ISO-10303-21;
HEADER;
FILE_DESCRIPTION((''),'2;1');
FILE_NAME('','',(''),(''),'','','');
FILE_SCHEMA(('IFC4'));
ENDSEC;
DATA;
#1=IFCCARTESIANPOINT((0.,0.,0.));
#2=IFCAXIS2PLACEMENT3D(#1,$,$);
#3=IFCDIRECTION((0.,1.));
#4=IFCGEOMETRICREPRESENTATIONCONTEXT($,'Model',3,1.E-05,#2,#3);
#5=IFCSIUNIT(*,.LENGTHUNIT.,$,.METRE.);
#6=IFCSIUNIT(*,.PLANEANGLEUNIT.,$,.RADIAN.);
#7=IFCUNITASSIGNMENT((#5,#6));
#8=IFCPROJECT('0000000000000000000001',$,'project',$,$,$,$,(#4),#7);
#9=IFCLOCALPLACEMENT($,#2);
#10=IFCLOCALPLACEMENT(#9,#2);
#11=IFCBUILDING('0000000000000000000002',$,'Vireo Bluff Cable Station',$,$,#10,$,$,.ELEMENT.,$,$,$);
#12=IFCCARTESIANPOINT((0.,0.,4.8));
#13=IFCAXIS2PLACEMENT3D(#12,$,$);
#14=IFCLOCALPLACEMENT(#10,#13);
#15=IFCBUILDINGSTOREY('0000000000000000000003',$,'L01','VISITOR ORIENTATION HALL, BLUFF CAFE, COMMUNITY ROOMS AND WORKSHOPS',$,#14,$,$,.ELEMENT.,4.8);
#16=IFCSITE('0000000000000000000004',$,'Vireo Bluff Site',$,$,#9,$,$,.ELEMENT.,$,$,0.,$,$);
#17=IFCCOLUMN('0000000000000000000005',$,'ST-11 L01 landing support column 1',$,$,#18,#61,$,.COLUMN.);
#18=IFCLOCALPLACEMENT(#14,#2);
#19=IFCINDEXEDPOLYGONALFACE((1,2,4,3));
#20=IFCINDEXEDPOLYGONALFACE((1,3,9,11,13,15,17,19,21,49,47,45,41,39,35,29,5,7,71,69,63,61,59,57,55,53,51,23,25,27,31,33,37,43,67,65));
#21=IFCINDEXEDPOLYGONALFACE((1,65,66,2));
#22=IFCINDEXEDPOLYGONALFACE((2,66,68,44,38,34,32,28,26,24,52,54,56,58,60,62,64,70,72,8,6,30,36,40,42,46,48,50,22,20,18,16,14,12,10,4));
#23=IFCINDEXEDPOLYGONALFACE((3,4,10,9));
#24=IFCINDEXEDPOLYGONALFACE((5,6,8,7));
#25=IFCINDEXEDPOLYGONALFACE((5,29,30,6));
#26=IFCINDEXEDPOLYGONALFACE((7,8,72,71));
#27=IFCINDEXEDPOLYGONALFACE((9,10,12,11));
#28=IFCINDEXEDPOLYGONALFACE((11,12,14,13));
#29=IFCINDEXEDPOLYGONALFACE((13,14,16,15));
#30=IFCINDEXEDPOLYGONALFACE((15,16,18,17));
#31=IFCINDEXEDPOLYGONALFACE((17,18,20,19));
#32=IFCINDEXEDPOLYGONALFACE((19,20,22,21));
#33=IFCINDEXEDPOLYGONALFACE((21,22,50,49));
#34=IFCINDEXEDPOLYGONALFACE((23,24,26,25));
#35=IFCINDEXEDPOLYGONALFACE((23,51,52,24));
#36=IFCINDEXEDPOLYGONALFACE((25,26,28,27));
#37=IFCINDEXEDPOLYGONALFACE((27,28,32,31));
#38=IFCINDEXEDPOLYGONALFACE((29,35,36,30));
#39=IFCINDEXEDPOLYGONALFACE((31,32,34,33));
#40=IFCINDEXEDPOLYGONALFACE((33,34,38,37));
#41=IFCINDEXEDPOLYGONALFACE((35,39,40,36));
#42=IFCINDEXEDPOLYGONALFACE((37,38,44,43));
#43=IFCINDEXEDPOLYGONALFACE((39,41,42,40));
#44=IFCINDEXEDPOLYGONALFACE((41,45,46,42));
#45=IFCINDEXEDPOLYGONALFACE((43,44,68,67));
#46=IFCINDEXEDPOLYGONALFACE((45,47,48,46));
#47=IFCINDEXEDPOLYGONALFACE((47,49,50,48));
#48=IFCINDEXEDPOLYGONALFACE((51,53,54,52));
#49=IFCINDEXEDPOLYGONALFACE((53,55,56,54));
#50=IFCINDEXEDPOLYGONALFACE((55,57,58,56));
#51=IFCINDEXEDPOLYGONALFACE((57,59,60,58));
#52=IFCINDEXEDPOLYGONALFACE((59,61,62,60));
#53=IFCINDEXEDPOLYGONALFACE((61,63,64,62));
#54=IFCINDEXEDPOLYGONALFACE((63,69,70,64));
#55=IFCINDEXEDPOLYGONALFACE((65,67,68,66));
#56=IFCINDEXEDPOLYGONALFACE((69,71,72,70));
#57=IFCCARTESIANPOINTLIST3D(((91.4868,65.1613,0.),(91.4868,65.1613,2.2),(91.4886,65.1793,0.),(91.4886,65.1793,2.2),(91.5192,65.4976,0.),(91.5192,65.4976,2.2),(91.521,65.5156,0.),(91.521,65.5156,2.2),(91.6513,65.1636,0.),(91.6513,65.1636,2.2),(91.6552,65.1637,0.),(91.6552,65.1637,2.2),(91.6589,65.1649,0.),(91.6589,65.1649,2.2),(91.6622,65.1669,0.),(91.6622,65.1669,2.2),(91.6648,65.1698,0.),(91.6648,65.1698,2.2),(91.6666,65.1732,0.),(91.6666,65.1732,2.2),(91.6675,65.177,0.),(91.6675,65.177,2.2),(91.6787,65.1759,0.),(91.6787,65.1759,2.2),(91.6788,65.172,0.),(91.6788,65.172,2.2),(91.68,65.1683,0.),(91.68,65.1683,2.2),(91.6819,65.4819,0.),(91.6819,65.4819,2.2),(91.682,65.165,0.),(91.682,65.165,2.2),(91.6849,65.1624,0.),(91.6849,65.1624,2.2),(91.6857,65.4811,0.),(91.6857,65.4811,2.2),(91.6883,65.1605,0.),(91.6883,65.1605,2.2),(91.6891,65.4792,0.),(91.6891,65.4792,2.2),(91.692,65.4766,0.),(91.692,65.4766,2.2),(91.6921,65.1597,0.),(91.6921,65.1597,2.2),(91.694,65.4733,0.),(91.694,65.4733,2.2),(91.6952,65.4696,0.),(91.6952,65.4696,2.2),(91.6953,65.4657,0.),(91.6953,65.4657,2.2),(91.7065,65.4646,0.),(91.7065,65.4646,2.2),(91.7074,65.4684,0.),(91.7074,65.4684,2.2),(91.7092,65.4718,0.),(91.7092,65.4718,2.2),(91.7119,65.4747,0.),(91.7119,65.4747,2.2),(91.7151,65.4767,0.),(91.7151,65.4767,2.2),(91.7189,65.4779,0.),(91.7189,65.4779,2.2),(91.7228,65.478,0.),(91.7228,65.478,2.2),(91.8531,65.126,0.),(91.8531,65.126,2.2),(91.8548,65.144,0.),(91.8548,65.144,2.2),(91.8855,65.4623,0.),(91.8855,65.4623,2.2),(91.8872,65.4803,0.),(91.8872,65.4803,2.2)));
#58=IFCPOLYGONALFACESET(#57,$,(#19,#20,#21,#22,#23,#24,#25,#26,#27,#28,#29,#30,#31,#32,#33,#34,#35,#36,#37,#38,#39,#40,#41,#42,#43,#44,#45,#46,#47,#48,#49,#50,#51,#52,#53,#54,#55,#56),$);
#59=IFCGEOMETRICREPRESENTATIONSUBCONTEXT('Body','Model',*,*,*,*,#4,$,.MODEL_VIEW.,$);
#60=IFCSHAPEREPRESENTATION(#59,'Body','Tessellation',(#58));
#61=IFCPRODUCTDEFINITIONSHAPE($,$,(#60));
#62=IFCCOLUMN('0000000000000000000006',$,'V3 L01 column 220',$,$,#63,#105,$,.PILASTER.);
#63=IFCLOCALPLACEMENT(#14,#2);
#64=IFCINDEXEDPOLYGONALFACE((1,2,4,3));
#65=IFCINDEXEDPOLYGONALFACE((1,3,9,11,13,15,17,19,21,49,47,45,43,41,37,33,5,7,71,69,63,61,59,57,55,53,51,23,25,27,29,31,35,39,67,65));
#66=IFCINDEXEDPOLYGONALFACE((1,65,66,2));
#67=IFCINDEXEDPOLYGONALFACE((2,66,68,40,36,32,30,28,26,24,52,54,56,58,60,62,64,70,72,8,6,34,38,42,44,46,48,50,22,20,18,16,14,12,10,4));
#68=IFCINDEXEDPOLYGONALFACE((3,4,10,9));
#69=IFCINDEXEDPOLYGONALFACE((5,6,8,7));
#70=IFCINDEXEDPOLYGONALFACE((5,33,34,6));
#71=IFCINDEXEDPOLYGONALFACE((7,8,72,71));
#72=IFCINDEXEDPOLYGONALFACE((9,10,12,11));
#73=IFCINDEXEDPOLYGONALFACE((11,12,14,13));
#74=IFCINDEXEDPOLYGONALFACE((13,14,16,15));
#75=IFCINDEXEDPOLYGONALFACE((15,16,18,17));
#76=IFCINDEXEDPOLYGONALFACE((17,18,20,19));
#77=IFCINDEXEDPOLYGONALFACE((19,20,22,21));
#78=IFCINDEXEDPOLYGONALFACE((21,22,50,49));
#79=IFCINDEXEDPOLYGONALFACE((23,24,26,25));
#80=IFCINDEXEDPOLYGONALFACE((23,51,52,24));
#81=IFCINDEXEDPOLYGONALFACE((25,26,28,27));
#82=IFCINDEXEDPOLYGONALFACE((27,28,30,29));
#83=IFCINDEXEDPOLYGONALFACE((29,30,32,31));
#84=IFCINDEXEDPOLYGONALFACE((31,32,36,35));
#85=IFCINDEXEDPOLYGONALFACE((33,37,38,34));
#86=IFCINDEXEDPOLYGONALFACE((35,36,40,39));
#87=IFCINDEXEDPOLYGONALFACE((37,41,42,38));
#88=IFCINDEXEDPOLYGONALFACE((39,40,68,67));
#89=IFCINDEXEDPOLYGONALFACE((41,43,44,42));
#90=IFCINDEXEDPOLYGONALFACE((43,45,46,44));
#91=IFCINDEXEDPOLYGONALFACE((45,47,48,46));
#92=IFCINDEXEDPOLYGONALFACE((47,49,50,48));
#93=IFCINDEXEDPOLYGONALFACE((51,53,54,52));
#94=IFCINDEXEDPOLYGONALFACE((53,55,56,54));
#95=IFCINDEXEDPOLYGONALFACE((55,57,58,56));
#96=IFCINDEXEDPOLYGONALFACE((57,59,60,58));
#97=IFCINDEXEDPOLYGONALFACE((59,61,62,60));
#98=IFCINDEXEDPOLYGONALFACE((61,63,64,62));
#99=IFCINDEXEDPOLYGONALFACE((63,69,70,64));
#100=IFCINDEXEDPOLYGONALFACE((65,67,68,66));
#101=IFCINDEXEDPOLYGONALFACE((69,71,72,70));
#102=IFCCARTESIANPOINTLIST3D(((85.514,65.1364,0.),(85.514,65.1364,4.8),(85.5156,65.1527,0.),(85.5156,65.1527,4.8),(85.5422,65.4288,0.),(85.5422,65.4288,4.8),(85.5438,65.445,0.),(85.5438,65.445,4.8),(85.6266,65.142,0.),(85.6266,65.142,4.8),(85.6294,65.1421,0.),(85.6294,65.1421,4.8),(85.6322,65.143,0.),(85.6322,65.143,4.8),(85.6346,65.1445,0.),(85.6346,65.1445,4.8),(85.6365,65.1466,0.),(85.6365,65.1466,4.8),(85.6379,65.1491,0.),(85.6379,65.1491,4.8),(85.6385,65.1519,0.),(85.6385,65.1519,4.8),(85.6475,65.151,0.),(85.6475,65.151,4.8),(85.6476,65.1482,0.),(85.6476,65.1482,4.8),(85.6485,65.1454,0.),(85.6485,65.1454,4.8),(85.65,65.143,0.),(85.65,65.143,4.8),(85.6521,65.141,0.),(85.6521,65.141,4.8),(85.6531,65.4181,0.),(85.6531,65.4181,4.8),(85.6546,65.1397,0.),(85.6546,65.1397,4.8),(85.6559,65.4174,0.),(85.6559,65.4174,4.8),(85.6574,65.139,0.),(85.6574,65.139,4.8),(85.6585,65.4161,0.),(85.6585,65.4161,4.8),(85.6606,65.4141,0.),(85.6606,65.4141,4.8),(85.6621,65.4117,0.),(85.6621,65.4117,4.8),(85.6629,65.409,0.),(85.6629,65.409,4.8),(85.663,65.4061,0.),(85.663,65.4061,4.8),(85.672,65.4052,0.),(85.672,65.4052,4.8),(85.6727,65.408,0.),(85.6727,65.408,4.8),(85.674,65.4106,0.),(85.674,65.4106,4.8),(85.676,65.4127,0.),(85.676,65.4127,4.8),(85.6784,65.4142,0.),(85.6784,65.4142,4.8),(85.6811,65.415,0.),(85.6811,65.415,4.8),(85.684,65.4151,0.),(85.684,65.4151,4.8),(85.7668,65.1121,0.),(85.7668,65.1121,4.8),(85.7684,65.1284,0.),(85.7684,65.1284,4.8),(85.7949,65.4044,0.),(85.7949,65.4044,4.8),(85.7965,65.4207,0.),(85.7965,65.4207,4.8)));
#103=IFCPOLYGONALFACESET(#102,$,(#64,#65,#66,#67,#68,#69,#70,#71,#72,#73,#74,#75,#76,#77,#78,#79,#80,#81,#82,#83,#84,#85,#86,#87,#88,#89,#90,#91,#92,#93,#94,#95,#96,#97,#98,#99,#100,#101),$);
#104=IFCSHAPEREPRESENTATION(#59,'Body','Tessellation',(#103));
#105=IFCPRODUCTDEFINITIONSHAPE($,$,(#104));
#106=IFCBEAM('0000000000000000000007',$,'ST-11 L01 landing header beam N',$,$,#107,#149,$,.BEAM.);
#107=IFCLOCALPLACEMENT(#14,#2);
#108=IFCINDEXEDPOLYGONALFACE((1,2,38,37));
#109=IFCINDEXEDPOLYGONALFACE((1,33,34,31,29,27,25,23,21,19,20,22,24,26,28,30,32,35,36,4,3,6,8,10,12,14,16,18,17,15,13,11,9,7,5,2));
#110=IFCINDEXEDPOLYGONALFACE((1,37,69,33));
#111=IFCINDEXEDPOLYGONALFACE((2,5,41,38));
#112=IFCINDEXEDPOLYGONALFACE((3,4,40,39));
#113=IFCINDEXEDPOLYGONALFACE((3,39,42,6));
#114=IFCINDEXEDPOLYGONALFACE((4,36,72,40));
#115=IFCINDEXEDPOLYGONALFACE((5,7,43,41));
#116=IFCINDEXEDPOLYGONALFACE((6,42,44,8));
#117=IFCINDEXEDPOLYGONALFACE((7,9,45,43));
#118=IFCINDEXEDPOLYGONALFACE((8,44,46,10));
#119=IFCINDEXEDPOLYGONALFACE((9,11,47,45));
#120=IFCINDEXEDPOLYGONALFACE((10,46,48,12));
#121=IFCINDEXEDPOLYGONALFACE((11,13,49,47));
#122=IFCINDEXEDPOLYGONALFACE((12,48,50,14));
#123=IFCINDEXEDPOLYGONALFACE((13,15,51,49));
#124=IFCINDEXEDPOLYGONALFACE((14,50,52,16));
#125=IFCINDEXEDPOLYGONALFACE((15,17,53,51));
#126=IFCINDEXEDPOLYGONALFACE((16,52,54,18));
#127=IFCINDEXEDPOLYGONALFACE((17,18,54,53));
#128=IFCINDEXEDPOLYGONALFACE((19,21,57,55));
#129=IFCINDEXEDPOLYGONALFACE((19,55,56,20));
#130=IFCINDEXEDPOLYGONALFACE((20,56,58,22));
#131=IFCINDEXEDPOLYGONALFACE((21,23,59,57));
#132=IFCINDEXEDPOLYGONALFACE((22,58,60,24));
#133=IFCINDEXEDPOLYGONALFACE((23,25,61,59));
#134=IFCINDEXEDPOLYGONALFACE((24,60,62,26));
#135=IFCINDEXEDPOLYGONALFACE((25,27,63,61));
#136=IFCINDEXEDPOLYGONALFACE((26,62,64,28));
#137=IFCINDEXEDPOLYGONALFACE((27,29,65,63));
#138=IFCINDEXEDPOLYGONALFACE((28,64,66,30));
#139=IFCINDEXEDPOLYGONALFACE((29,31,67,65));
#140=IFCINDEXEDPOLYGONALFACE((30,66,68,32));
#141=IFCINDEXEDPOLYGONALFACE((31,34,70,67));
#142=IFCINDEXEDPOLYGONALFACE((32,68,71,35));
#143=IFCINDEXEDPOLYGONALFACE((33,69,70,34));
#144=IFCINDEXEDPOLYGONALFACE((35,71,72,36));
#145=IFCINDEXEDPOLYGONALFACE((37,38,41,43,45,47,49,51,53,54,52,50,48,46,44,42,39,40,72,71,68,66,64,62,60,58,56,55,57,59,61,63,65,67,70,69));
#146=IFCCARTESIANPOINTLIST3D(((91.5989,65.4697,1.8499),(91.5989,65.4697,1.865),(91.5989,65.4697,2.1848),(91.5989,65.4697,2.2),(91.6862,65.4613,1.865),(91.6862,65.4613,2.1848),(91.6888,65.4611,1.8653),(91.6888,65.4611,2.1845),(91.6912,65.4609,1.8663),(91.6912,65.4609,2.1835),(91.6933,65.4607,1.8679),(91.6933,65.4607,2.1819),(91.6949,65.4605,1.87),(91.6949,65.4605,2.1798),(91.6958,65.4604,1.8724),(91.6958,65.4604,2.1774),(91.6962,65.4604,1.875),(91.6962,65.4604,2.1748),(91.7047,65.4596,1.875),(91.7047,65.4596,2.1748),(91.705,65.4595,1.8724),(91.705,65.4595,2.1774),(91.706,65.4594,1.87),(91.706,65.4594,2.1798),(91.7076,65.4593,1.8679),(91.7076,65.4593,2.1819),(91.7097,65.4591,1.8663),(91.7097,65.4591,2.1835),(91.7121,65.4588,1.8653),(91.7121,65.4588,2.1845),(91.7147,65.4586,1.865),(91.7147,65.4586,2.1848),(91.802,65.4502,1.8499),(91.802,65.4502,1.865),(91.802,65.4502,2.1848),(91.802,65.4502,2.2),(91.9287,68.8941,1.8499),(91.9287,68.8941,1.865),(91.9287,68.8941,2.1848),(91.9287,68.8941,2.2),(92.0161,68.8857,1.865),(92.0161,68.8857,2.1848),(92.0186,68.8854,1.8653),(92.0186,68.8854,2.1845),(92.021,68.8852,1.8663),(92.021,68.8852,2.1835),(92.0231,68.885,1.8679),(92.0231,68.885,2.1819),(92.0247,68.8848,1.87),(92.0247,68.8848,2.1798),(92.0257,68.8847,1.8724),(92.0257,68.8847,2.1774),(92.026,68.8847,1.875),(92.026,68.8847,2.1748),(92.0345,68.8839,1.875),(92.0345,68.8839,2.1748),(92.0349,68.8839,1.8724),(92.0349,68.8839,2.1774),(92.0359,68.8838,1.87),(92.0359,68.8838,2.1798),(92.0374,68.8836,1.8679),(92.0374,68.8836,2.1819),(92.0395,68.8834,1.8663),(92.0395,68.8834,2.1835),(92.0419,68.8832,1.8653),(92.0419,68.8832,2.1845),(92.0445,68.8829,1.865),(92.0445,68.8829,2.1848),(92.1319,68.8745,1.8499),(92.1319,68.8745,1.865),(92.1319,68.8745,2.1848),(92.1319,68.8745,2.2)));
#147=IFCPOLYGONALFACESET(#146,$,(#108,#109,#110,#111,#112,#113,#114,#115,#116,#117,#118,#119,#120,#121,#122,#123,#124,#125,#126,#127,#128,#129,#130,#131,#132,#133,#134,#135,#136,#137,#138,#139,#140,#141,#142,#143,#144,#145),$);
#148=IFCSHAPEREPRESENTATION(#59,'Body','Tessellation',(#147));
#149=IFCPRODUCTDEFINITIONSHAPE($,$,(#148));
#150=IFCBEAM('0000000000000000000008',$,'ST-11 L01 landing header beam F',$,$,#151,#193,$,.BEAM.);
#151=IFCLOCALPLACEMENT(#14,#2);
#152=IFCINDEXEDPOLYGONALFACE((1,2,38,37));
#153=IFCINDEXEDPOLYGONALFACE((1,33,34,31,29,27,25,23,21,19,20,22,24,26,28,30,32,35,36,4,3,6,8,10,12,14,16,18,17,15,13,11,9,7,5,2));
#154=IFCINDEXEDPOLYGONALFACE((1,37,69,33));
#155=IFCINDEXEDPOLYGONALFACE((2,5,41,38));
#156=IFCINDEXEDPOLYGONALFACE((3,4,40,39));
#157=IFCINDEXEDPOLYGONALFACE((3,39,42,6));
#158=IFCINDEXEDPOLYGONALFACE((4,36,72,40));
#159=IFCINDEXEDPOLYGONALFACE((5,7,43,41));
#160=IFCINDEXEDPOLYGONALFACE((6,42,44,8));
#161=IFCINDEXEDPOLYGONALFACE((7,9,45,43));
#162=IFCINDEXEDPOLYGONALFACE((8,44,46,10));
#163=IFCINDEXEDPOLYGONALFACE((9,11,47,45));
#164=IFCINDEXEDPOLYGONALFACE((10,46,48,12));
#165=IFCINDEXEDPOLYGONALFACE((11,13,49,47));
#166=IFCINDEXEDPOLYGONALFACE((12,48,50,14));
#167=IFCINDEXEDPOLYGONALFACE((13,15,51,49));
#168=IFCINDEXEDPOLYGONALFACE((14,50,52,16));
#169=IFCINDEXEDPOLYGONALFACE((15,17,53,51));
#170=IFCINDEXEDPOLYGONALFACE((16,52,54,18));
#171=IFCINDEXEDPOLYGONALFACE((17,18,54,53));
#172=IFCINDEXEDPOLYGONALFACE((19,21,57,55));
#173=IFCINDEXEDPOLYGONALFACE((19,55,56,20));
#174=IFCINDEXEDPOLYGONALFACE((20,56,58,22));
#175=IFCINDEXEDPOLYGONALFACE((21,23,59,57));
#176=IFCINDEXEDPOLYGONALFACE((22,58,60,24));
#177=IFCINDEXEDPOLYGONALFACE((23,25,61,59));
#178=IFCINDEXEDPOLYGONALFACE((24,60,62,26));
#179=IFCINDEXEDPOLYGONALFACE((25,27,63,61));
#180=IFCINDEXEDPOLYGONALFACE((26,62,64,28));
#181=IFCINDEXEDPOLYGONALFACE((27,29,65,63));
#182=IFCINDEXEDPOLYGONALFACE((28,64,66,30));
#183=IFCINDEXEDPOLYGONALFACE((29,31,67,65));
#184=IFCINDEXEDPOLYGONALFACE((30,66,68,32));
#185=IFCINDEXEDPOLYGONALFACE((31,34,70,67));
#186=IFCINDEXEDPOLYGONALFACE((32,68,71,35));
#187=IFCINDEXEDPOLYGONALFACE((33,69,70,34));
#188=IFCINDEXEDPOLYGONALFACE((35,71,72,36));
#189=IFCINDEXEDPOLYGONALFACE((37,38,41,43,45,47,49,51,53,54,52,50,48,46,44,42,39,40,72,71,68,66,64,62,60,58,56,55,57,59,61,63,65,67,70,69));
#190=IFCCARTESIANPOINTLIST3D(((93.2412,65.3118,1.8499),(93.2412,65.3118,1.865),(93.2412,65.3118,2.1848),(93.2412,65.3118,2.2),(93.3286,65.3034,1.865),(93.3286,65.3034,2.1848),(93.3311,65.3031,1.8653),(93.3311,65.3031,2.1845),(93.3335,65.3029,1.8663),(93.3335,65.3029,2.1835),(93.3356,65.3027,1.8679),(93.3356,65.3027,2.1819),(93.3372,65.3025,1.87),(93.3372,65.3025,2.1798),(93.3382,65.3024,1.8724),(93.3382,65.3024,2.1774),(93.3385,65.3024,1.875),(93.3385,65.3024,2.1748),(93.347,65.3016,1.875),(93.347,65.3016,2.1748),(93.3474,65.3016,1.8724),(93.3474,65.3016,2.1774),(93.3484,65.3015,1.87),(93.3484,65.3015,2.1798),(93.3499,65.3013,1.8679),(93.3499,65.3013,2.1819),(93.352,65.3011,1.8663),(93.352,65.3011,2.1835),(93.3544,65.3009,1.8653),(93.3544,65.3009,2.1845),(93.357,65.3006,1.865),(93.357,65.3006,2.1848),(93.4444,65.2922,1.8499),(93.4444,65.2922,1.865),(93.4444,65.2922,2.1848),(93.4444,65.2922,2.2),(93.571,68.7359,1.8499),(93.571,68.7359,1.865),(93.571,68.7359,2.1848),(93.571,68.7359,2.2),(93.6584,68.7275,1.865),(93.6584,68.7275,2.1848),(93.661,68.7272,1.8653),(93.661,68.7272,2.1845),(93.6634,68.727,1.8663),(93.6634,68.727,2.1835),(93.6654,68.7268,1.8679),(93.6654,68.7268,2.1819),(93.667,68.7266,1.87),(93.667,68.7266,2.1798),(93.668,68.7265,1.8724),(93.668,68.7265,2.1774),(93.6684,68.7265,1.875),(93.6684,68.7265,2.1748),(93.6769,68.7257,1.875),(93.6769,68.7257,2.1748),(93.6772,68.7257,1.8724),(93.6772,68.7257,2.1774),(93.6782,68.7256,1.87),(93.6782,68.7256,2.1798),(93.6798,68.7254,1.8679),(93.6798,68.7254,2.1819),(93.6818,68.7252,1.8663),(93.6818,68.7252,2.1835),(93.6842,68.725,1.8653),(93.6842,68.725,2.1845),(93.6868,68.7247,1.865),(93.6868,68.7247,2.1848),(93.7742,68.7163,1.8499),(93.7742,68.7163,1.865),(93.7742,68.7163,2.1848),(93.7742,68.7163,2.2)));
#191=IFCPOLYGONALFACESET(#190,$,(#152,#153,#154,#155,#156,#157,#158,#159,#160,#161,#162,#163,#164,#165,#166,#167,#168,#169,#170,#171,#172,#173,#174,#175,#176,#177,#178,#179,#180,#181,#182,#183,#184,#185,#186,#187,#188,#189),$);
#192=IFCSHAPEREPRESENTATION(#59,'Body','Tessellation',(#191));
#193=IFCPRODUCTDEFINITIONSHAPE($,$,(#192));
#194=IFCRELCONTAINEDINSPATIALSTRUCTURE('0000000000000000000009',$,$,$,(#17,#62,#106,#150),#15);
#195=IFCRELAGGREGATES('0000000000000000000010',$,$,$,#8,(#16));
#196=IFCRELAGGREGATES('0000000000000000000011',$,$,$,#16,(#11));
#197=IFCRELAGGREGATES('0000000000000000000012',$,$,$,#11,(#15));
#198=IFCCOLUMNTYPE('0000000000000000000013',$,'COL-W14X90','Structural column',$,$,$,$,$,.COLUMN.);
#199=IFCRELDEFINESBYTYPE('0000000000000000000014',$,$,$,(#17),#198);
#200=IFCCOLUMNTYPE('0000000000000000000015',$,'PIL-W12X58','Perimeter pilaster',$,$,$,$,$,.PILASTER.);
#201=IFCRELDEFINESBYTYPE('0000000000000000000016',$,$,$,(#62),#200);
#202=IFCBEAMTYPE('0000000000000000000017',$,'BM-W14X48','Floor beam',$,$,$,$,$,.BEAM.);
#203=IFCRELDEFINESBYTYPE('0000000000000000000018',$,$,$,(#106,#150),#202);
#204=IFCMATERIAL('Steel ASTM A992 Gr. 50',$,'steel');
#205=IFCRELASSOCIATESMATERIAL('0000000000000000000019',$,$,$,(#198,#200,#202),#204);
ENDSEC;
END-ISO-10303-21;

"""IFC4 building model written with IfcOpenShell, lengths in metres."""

from ifc_helpers import new_model, si_unit, direction, frame, origin, origin_2d, place, context, subcontext, project, spatial, i_section, extrude, material, material_profile, profile_set, type_object, element, save


model = new_model("IFC4")

# Units and contexts
model_context = context("Model", 3, precision=1e-05, world=origin(), true_north=direction((0.0, 1.0)))
body_context = subcontext(model_context, "Body", "Model", "MODEL_VIEW")
ifc_project = project(units=[si_unit("LENGTHUNIT", "METRE"), si_unit("PLANEANGLEUNIT", "RADIAN")], contexts=[model_context])

# Site, building, storey
site_placement = place(None, origin())
site = spatial("IfcSite", under=ifc_project, at=site_placement, Name="Vireo Bluff Site", CompositionType="ELEMENT", RefElevation=0.0)
building_placement = place(site_placement, origin())
building = spatial("IfcBuilding", under=site, at=building_placement, Name="Vireo Bluff Cable Station", CompositionType="ELEMENT")
storey_placement = place(building_placement, frame((0.0, 0.0, 4.8)))
storey = spatial("IfcBuildingStorey", under=building, at=storey_placement, Name="L01", Description="VISITOR ORIENTATION HALL, BLUFF CAFE, COMMUNITY ROOMS AND WORKSHOPS", CompositionType="ELEMENT", Elevation=4.8)

# Columns
ifc_material_1 = material(Name="Steel ASTM A992 Gr. 50", Category="steel")
ifc_material_profile_1 = material_profile(ifc_material_1, i_section(OverallWidth=0.3679, OverallDepth=0.356, WebThickness=0.0112, FlangeThickness=0.0181, FilletRadius=0.0149, at=origin_2d()), Name="W14X90")
ifc_profile_set_1 = profile_set([ifc_material_profile_1], Name="Steel ASTM A992 Gr. 50")
column_type_1 = type_object("IfcColumnType", Name="COL-W14X90", Description="Structural column", PredefinedType="COLUMN", material=ifc_profile_set_1)
column_1_placement = place(storey_placement, frame((91.687, 65.3208, 0.0), z_axis=(0.0, 0.0, 1.0), x_axis=(0.995396, -0.095846, 0.0)))
element("IfcColumn", 1, at=column_1_placement, inside=storey, type_object=column_type_1, Name="ST-11 L01 landing support column 1", PredefinedType="COLUMN", context=body_context, shape_type="SweptSolid", body=[
    extrude(i_section(OverallWidth=0.3679, OverallDepth=0.356, WebThickness=0.0112, FlangeThickness=0.0181, FilletRadius=0.0149, at=origin_2d()), origin(), (0.0, 0.0, 1.0), 2.2),
])
ifc_material_profile_2 = material_profile(ifc_material_1, i_section(OverallWidth=0.2539, OverallDepth=0.3101, WebThickness=0.009, FlangeThickness=0.0164, FilletRadius=0.011, at=origin_2d()), Name="W12X58")
ifc_profile_set_2 = profile_set([ifc_material_profile_2], Name="Steel ASTM A992 Gr. 50")
column_type_2 = type_object("IfcColumnType", Name="PIL-W12X58", Description="Perimeter pilaster", PredefinedType="PILASTER", material=ifc_profile_set_2)
column_2_placement = place(storey_placement, frame((85.6553, 65.2786, 0.0), z_axis=(0.0, 0.0, 1.0), x_axis=(0.995396, -0.095846, 0.0)))
element("IfcColumn", 2, at=column_2_placement, inside=storey, type_object=column_type_2, Name="V3 L01 column 220", PredefinedType="PILASTER", context=body_context, shape_type="SweptSolid", body=[
    extrude(i_section(OverallWidth=0.2539, OverallDepth=0.3101, WebThickness=0.009, FlangeThickness=0.0164, FilletRadius=0.011, at=origin_2d()), origin(), (0.0, 0.0, 1.0), 4.8),
])

# Beams
ifc_material_profile_3 = material_profile(ifc_material_1, i_section(OverallWidth=0.2041, OverallDepth=0.3501, WebThickness=0.0085, FlangeThickness=0.0151, FilletRadius=0.01, at=origin_2d()), Name="W14X48")
ifc_profile_set_3 = profile_set([ifc_material_profile_3], Name="Steel ASTM A992 Gr. 50")
beam_type_1 = type_object("IfcBeamType", Name="BM-W14X48", Description="Floor beam", PredefinedType="BEAM", material=ifc_profile_set_3)
beam_1_placement = place(storey_placement, frame((91.7004, 65.46, 2.0249), z_axis=(0.095877, 0.995393, 0.0), x_axis=(-0.995393, 0.095877, 0.0)))
element("IfcBeam", 3, at=beam_1_placement, inside=storey, type_object=beam_type_1, Name="ST-11 L01 landing header beam N", PredefinedType="BEAM", context=body_context, shape_type="SweptSolid", body=[
    extrude(i_section(OverallWidth=0.2041, OverallDepth=0.3501, WebThickness=0.0085, FlangeThickness=0.0151, FilletRadius=0.01, at=origin_2d()), origin(), (0.0, 0.0, 1.0), 3.4402),
])
beam_2_placement = place(storey_placement, frame((93.3428, 65.302, 2.0249), z_axis=(0.095884, 0.995392, 0.0), x_axis=(-0.995392, 0.095884, 0.0)))
element("IfcBeam", 4, at=beam_2_placement, inside=storey, type_object=beam_type_1, Name="ST-11 L01 landing header beam F", PredefinedType="BEAM", context=body_context, shape_type="SweptSolid", body=[
    extrude(i_section(OverallWidth=0.2041, OverallDepth=0.3501, WebThickness=0.0085, FlangeThickness=0.0151, FilletRadius=0.01, at=origin_2d()), origin(), (0.0, 0.0, 1.0), 3.4399),
])

save(model, "model.ifc")
